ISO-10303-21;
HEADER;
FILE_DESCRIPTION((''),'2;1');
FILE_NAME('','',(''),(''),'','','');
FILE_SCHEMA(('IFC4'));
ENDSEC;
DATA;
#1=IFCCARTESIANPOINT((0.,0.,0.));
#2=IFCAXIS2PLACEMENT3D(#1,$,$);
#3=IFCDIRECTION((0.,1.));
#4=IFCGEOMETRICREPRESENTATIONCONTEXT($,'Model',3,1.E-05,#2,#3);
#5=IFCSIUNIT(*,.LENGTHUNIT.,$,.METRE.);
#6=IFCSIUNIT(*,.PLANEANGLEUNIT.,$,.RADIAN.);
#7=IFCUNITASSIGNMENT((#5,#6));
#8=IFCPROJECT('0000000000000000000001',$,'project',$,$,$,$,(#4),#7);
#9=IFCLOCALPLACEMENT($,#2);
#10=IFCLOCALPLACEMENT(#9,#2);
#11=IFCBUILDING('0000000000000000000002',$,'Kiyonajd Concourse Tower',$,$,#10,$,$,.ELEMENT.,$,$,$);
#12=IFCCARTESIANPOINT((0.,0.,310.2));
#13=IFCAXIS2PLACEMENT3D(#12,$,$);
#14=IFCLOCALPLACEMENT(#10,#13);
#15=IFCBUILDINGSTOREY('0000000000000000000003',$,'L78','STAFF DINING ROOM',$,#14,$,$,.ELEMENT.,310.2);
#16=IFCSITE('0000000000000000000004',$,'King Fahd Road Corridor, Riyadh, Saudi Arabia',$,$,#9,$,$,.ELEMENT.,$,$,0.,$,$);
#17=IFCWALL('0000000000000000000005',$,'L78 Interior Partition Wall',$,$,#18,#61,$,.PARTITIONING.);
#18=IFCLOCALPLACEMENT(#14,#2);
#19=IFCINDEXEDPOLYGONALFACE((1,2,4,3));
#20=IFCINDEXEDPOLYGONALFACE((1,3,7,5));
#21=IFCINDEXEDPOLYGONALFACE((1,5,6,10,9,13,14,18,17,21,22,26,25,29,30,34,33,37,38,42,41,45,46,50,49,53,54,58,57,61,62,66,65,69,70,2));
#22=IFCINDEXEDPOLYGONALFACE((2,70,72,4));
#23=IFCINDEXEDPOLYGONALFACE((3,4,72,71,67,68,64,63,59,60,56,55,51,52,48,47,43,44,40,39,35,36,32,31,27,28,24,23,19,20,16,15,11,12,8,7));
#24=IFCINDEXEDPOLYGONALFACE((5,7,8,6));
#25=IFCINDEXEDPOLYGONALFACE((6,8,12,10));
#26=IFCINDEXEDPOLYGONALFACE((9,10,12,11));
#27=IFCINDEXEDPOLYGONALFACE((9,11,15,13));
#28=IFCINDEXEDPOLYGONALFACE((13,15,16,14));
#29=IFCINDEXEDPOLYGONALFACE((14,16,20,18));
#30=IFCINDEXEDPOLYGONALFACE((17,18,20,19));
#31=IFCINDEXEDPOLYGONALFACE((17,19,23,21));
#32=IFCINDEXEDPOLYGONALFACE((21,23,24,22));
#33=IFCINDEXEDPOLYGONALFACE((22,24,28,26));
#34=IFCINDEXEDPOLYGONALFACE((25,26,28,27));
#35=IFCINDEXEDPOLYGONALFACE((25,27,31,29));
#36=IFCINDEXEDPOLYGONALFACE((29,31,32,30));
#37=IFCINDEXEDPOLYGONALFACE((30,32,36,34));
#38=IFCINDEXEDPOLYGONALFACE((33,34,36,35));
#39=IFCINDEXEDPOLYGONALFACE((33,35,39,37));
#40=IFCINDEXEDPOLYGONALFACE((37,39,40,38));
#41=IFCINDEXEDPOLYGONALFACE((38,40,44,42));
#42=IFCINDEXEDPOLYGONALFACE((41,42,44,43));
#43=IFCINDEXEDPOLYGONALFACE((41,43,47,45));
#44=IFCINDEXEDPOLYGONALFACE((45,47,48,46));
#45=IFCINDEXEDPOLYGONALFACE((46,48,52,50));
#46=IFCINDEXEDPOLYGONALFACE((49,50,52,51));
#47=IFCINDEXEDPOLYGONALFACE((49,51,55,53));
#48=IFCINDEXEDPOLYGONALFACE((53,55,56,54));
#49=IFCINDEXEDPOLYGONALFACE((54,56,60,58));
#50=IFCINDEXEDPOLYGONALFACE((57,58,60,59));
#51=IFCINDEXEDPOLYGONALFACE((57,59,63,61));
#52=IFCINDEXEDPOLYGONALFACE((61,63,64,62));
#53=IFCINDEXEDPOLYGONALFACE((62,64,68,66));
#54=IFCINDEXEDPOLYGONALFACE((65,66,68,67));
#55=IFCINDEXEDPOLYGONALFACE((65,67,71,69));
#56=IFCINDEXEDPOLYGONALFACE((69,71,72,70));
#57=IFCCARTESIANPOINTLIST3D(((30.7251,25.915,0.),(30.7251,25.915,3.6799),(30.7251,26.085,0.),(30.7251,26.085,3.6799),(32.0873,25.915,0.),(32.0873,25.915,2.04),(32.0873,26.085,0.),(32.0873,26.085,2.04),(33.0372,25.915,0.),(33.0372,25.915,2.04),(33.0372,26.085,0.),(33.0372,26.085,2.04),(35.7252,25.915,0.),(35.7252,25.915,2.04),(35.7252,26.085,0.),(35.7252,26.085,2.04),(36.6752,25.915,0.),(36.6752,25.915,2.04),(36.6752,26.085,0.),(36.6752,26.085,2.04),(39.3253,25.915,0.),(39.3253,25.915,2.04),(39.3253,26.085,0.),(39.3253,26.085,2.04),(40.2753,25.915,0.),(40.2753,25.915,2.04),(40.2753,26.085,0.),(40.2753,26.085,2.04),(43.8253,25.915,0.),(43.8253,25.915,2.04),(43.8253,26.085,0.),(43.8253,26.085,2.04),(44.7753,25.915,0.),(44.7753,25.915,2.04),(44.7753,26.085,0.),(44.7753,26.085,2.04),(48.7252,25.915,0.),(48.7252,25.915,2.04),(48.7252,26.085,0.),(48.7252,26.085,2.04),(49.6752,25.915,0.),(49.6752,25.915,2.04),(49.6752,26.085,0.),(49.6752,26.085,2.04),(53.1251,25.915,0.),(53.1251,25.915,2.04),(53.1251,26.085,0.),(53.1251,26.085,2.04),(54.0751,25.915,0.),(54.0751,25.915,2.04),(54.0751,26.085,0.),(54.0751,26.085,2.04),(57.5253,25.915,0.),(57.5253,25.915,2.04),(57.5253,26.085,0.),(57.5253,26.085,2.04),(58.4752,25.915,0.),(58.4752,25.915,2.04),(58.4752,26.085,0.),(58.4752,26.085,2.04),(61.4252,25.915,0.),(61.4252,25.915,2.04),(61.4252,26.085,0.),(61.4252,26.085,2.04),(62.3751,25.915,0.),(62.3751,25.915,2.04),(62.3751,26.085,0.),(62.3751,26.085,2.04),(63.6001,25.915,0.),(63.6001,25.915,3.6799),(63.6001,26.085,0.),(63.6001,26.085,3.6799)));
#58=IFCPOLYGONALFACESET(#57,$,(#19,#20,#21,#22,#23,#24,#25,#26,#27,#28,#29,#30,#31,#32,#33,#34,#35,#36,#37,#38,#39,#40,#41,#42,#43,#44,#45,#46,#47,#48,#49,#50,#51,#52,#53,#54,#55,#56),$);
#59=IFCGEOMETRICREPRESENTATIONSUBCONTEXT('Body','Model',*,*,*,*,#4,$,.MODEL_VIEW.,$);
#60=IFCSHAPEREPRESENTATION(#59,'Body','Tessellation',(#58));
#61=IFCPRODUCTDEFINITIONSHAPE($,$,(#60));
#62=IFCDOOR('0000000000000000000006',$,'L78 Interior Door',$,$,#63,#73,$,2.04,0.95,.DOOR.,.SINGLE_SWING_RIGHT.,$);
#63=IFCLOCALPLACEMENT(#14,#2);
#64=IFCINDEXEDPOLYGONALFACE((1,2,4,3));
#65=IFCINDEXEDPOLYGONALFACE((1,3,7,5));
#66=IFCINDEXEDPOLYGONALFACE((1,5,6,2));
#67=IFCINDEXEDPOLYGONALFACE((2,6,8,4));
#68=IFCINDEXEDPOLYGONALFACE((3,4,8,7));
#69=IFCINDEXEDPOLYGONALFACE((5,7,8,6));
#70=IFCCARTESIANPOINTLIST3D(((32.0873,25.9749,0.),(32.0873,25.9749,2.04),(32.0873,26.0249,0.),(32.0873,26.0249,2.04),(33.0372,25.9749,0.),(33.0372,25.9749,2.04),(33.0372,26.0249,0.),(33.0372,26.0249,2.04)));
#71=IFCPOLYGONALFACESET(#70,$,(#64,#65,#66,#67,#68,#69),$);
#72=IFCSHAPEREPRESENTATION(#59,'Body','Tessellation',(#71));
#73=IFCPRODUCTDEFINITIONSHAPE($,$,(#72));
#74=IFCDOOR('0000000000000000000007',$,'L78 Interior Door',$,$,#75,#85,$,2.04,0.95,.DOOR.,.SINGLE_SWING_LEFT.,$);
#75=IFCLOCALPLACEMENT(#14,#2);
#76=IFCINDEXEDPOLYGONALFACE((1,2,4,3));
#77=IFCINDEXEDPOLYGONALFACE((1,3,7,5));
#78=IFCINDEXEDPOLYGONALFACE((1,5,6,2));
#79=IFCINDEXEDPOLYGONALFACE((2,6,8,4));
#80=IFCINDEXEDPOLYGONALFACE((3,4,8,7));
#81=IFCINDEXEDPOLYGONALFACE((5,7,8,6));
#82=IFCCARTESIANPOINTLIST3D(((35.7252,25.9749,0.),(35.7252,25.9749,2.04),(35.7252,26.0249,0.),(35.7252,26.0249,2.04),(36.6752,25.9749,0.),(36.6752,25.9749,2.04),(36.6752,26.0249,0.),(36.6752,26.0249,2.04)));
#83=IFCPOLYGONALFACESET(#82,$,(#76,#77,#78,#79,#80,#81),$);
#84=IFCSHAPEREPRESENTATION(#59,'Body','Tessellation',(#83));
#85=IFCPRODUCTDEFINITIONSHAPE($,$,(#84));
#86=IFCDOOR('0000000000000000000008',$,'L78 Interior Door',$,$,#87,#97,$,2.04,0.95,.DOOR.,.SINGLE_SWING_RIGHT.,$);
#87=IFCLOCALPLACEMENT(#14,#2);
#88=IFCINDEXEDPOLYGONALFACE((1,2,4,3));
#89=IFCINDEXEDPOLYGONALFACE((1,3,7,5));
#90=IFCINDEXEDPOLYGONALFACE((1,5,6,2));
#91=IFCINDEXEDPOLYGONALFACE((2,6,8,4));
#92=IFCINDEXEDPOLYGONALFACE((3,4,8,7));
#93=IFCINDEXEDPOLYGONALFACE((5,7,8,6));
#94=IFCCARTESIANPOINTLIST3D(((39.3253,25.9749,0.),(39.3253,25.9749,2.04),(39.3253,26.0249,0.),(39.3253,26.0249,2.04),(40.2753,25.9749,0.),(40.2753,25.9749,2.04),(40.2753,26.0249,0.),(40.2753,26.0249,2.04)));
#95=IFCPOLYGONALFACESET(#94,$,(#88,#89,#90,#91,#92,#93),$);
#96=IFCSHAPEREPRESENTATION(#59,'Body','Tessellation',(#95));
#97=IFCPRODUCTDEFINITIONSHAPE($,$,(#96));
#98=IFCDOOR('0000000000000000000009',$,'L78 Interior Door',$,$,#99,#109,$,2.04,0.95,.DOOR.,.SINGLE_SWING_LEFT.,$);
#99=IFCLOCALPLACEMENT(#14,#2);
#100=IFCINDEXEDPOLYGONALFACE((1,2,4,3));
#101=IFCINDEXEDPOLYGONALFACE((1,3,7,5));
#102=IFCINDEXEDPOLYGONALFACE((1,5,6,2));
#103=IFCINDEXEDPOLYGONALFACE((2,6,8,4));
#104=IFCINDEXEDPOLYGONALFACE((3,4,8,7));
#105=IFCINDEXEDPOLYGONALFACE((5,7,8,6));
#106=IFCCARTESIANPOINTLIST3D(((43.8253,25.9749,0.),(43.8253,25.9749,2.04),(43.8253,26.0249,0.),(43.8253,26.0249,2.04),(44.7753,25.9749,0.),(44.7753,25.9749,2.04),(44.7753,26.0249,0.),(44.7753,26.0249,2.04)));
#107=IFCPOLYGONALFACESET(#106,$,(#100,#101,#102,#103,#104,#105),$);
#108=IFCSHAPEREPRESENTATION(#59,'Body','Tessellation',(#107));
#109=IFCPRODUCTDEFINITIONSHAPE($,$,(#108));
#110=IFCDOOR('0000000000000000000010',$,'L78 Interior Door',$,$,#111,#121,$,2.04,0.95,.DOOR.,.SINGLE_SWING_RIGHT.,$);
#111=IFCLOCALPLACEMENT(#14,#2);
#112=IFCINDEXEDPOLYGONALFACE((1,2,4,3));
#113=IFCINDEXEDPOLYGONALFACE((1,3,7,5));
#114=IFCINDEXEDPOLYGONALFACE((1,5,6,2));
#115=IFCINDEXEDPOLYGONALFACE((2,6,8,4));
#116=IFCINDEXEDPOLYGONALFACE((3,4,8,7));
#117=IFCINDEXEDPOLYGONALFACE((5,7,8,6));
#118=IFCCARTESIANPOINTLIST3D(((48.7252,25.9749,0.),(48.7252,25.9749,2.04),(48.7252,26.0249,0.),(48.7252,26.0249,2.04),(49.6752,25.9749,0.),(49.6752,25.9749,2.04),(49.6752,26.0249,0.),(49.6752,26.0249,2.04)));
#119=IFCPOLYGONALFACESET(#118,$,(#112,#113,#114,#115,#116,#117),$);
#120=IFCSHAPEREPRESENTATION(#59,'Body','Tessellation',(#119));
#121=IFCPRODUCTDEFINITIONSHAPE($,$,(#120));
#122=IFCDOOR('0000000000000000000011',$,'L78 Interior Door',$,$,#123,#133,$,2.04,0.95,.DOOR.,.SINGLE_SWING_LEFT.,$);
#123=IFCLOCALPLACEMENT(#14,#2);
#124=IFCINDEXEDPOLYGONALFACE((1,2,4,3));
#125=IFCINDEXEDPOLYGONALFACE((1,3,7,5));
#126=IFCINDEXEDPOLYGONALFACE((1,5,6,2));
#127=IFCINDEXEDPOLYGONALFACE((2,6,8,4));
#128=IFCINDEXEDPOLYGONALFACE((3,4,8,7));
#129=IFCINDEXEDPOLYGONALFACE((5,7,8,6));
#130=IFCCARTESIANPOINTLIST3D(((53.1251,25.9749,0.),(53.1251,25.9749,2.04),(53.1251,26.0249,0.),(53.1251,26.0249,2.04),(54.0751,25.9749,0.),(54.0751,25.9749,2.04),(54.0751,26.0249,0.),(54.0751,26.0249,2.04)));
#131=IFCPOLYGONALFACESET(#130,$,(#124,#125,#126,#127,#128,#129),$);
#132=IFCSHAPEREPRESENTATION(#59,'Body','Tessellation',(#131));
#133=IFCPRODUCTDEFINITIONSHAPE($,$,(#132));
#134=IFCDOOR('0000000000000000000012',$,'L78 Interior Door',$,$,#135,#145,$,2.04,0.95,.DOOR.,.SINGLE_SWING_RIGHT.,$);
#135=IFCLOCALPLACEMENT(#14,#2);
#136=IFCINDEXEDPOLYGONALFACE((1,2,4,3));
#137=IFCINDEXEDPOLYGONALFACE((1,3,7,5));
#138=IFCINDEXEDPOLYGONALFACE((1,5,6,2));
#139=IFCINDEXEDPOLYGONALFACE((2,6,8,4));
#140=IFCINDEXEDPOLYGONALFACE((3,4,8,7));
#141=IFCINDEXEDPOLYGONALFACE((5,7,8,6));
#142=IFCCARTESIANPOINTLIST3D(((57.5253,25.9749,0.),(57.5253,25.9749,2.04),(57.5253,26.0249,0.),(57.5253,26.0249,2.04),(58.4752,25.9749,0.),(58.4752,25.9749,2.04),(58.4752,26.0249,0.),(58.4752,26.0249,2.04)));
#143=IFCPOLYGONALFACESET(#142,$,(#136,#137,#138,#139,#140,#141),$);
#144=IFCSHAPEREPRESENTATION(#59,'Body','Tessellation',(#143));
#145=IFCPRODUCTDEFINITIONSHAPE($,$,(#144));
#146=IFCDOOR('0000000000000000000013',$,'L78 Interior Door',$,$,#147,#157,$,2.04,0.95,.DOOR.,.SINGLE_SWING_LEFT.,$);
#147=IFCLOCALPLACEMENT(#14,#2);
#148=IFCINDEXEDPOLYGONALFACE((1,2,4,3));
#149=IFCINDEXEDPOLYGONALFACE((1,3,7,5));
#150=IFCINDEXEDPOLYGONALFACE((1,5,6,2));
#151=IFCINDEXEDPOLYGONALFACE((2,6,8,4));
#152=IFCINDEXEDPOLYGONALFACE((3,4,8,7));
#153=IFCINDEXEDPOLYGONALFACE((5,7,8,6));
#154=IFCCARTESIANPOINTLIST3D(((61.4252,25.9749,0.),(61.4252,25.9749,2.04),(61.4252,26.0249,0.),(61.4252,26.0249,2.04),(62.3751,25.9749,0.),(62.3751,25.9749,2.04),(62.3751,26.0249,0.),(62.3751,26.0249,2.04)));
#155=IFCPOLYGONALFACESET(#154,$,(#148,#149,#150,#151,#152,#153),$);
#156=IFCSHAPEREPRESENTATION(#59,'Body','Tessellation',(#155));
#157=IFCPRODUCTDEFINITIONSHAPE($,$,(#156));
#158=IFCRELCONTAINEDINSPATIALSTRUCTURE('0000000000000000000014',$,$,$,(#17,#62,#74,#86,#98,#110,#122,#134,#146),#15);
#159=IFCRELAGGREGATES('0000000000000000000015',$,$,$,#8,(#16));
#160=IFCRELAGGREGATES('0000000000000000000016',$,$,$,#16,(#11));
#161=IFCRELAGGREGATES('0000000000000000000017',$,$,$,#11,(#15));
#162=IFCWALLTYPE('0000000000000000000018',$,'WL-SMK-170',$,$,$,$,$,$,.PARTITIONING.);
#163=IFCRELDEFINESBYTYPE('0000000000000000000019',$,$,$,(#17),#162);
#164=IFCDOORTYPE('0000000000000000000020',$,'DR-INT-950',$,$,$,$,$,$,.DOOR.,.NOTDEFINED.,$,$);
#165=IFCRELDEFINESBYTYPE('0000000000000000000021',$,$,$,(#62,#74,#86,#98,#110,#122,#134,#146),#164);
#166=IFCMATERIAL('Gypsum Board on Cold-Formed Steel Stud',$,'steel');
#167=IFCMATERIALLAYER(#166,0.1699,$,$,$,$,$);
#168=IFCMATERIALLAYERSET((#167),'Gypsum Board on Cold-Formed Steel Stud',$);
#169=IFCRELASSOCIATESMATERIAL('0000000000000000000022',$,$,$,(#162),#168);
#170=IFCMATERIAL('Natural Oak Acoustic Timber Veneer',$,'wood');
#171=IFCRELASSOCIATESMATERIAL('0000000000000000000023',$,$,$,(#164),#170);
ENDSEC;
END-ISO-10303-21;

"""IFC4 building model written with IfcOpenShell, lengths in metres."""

from ifc_helpers import new_model, si_unit, direction, frame, frame_2d, origin, place, context, subcontext, project, spatial, rectangle, extrude, material, layer, layer_set, type_object, element, fill, save


model = new_model("IFC4")

# Units and contexts
model_context = context("Model", 3, precision=1e-05, world=origin(), true_north=direction((0.0, 1.0)))
body_context = subcontext(model_context, "Body", "Model", "MODEL_VIEW")
ifc_project = project(units=[si_unit("LENGTHUNIT", "METRE"), si_unit("PLANEANGLEUNIT", "RADIAN")], contexts=[model_context])

# Site, building, storey
site_placement = place(None, origin())
site = spatial("IfcSite", under=ifc_project, at=site_placement, Name="King Fahd Road Corridor, Riyadh, Saudi Arabia", CompositionType="ELEMENT", RefElevation=0.0)
building_placement = place(site_placement, origin())
building = spatial("IfcBuilding", under=site, at=building_placement, Name="Kiyonajd Concourse Tower", CompositionType="ELEMENT")
storey_placement = place(building_placement, frame((0.0, 0.0, 310.2)))
storey = spatial("IfcBuildingStorey", under=building, at=storey_placement, Name="L78", Description="STAFF DINING ROOM", CompositionType="ELEMENT", Elevation=310.2)

# Shared definitions
ifc_material_1 = material(Name="Gypsum Board on Cold-Formed Steel Stud", Category="steel")
ifc_material_2 = material(Name="Natural Oak Acoustic Timber Veneer", Category="wood")

# Wall, openings, doors
ifc_layer_1 = layer(ifc_material_1, 0.1699)
ifc_layer_set_1 = layer_set([ifc_layer_1], Name="Gypsum Board on Cold-Formed Steel Stud")
wall_type_1 = type_object("IfcWallType", Name="WL-SMK-170", PredefinedType="PARTITIONING", material=ifc_layer_set_1)
wall_1_placement = place(storey_placement, frame((30.7251, 26.0, 0.0), z_axis=(0.0, 0.0, 1.0), x_axis=(1.0, 0.0, 0.0)))
wall_1 = element("IfcWall", 1, at=wall_1_placement, inside=storey, type_object=wall_type_1, Name="L78 Interior Partition Wall", PredefinedType="PARTITIONING", context=body_context, shape_type="SweptSolid", body=[
    extrude(rectangle(XDim=32.875, YDim=0.1699, at=frame_2d((16.4375, 0.0))), origin(), (0.0, 0.0, 1.0), 3.6799),
])
opening_1_placement = place(wall_1_placement, frame((1.3621, 0.0, 0.0)))
opening_1 = element("IfcOpeningElement", 2, at=opening_1_placement, cuts=wall_1, PredefinedType="OPENING", context=body_context, shape_type="SweptSolid", body=[
    extrude(rectangle(XDim=0.95, YDim=2.04, at=frame_2d((0.4751, 1.02))), frame((0.0, 0.095, 0.0), z_axis=(0.0, -1.0, 0.0), x_axis=(1.0, 0.0, 0.0)), (0.0, 0.0, 1.0), 0.1899),
])
opening_2_placement = place(wall_1_placement, frame((5.0, 0.0, 0.0)))
opening_2 = element("IfcOpeningElement", 3, at=opening_2_placement, cuts=wall_1, PredefinedType="OPENING", context=body_context, shape_type="SweptSolid", body=[
    extrude(rectangle(XDim=0.95, YDim=2.04, at=frame_2d((0.4751, 1.02))), frame((0.0, 0.095, 0.0), z_axis=(0.0, -1.0, 0.0), x_axis=(1.0, 0.0, 0.0)), (0.0, 0.0, 1.0), 0.1899),
])
opening_3_placement = place(wall_1_placement, frame((8.6001, 0.0, 0.0)))
opening_3 = element("IfcOpeningElement", 4, at=opening_3_placement, cuts=wall_1, PredefinedType="OPENING", context=body_context, shape_type="SweptSolid", body=[
    extrude(rectangle(XDim=0.95, YDim=2.04, at=frame_2d((0.4751, 1.02))), frame((0.0, 0.095, 0.0), z_axis=(0.0, -1.0, 0.0), x_axis=(1.0, 0.0, 0.0)), (0.0, 0.0, 1.0), 0.1899),
])
opening_4_placement = place(wall_1_placement, frame((13.1001, 0.0, 0.0)))
opening_4 = element("IfcOpeningElement", 5, at=opening_4_placement, cuts=wall_1, PredefinedType="OPENING", context=body_context, shape_type="SweptSolid", body=[
    extrude(rectangle(XDim=0.95, YDim=2.04, at=frame_2d((0.4751, 1.02))), frame((0.0, 0.095, 0.0), z_axis=(0.0, -1.0, 0.0), x_axis=(1.0, 0.0, 0.0)), (0.0, 0.0, 1.0), 0.1899),
])
opening_5_placement = place(wall_1_placement, frame((18.0, 0.0, 0.0)))
opening_5 = element("IfcOpeningElement", 6, at=opening_5_placement, cuts=wall_1, PredefinedType="OPENING", context=body_context, shape_type="SweptSolid", body=[
    extrude(rectangle(XDim=0.95, YDim=2.04, at=frame_2d((0.4751, 1.02))), frame((0.0, 0.095, 0.0), z_axis=(0.0, -1.0, 0.0), x_axis=(1.0, 0.0, 0.0)), (0.0, 0.0, 1.0), 0.1899),
])
opening_6_placement = place(wall_1_placement, frame((22.3999, 0.0, 0.0)))
opening_6 = element("IfcOpeningElement", 7, at=opening_6_placement, cuts=wall_1, PredefinedType="OPENING", context=body_context, shape_type="SweptSolid", body=[
    extrude(rectangle(XDim=0.95, YDim=2.04, at=frame_2d((0.4751, 1.02))), frame((0.0, 0.095, 0.0), z_axis=(0.0, -1.0, 0.0), x_axis=(1.0, 0.0, 0.0)), (0.0, 0.0, 1.0), 0.1899),
])
opening_7_placement = place(wall_1_placement, frame((26.8, 0.0, 0.0)))
opening_7 = element("IfcOpeningElement", 8, at=opening_7_placement, cuts=wall_1, PredefinedType="OPENING", context=body_context, shape_type="SweptSolid", body=[
    extrude(rectangle(XDim=0.95, YDim=2.04, at=frame_2d((0.4751, 1.02))), frame((0.0, 0.095, 0.0), z_axis=(0.0, -1.0, 0.0), x_axis=(1.0, 0.0, 0.0)), (0.0, 0.0, 1.0), 0.1899),
])
opening_8_placement = place(wall_1_placement, frame((30.7, 0.0, 0.0)))
opening_8 = element("IfcOpeningElement", 9, at=opening_8_placement, cuts=wall_1, PredefinedType="OPENING", context=body_context, shape_type="SweptSolid", body=[
    extrude(rectangle(XDim=0.95, YDim=2.04, at=frame_2d((0.4751, 1.02))), frame((0.0, 0.095, 0.0), z_axis=(0.0, -1.0, 0.0), x_axis=(1.0, 0.0, 0.0)), (0.0, 0.0, 1.0), 0.1899),
])
door_type_1 = type_object("IfcDoorType", Name="DR-INT-950", OperationType="NOTDEFINED", PredefinedType="DOOR", material=ifc_material_2)
door_1_placement = place(opening_1_placement, origin())
door_1 = element("IfcDoor", 10, at=door_1_placement, inside=storey, type_object=door_type_1, Name="L78 Interior Door", OperationType="SINGLE_SWING_RIGHT", OverallHeight=2.04, OverallWidth=0.95, PredefinedType="DOOR", context=body_context, shape_type="SweptSolid", body=[
    extrude(rectangle(XDim=0.95, YDim=2.04, at=frame_2d((0.4751, 1.02))), frame((0.0, 0.0249, 0.0), z_axis=(0.0, -1.0, 0.0), x_axis=(1.0, 0.0, 0.0)), (0.0, 0.0, 1.0), 0.05),
])
fill(opening_1, door_1)
door_2_placement = place(opening_2_placement, origin())
door_2 = element("IfcDoor", 11, at=door_2_placement, inside=storey, type_object=door_type_1, Name="L78 Interior Door", OperationType="SINGLE_SWING_LEFT", OverallHeight=2.04, OverallWidth=0.95, PredefinedType="DOOR", context=body_context, shape_type="SweptSolid", body=[
    extrude(rectangle(XDim=0.95, YDim=2.04, at=frame_2d((0.4751, 1.02))), frame((0.0, 0.0249, 0.0), z_axis=(0.0, -1.0, 0.0), x_axis=(1.0, 0.0, 0.0)), (0.0, 0.0, 1.0), 0.05),
])
fill(opening_2, door_2)
door_3_placement = place(opening_3_placement, origin())
door_3 = element("IfcDoor", 12, at=door_3_placement, inside=storey, type_object=door_type_1, Name="L78 Interior Door", OperationType="SINGLE_SWING_RIGHT", OverallHeight=2.04, OverallWidth=0.95, PredefinedType="DOOR", context=body_context, shape_type="SweptSolid", body=[
    extrude(rectangle(XDim=0.95, YDim=2.04, at=frame_2d((0.4751, 1.02))), frame((0.0, 0.0249, 0.0), z_axis=(0.0, -1.0, 0.0), x_axis=(1.0, 0.0, 0.0)), (0.0, 0.0, 1.0), 0.05),
])
fill(opening_3, door_3)
door_4_placement = place(opening_4_placement, origin())
door_4 = element("IfcDoor", 13, at=door_4_placement, inside=storey, type_object=door_type_1, Name="L78 Interior Door", OperationType="SINGLE_SWING_LEFT", OverallHeight=2.04, OverallWidth=0.95, PredefinedType="DOOR", context=body_context, shape_type="SweptSolid", body=[
    extrude(rectangle(XDim=0.95, YDim=2.04, at=frame_2d((0.4751, 1.02))), frame((0.0, 0.0249, 0.0), z_axis=(0.0, -1.0, 0.0), x_axis=(1.0, 0.0, 0.0)), (0.0, 0.0, 1.0), 0.05),
])
fill(opening_4, door_4)
door_5_placement = place(opening_5_placement, origin())
door_5 = element("IfcDoor", 14, at=door_5_placement, inside=storey, type_object=door_type_1, Name="L78 Interior Door", OperationType="SINGLE_SWING_RIGHT", OverallHeight=2.04, OverallWidth=0.95, PredefinedType="DOOR", context=body_context, shape_type="SweptSolid", body=[
    extrude(rectangle(XDim=0.95, YDim=2.04, at=frame_2d((0.4751, 1.02))), frame((0.0, 0.0249, 0.0), z_axis=(0.0, -1.0, 0.0), x_axis=(1.0, 0.0, 0.0)), (0.0, 0.0, 1.0), 0.05),
])
fill(opening_5, door_5)
door_6_placement = place(opening_6_placement, origin())
door_6 = element("IfcDoor", 15, at=door_6_placement, inside=storey, type_object=door_type_1, Name="L78 Interior Door", OperationType="SINGLE_SWING_LEFT", OverallHeight=2.04, OverallWidth=0.95, PredefinedType="DOOR", context=body_context, shape_type="SweptSolid", body=[
    extrude(rectangle(XDim=0.95, YDim=2.04, at=frame_2d((0.4751, 1.02))), frame((0.0, 0.0249, 0.0), z_axis=(0.0, -1.0, 0.0), x_axis=(1.0, 0.0, 0.0)), (0.0, 0.0, 1.0), 0.05),
])
fill(opening_6, door_6)
door_7_placement = place(opening_7_placement, origin())
door_7 = element("IfcDoor", 16, at=door_7_placement, inside=storey, type_object=door_type_1, Name="L78 Interior Door", OperationType="SINGLE_SWING_RIGHT", OverallHeight=2.04, OverallWidth=0.95, PredefinedType="DOOR", context=body_context, shape_type="SweptSolid", body=[
    extrude(rectangle(XDim=0.95, YDim=2.04, at=frame_2d((0.4751, 1.02))), frame((0.0, 0.0249, 0.0), z_axis=(0.0, -1.0, 0.0), x_axis=(1.0, 0.0, 0.0)), (0.0, 0.0, 1.0), 0.05),
])
fill(opening_7, door_7)
door_8_placement = place(opening_8_placement, origin())
door_8 = element("IfcDoor", 17, at=door_8_placement, inside=storey, type_object=door_type_1, Name="L78 Interior Door", OperationType="SINGLE_SWING_LEFT", OverallHeight=2.04, OverallWidth=0.95, PredefinedType="DOOR", context=body_context, shape_type="SweptSolid", body=[
    extrude(rectangle(XDim=0.95, YDim=2.04, at=frame_2d((0.4751, 1.02))), frame((0.0, 0.0249, 0.0), z_axis=(0.0, -1.0, 0.0), x_axis=(1.0, 0.0, 0.0)), (0.0, 0.0, 1.0), 0.05),
])
fill(opening_8, door_8)

save(model, "model.ifc")
